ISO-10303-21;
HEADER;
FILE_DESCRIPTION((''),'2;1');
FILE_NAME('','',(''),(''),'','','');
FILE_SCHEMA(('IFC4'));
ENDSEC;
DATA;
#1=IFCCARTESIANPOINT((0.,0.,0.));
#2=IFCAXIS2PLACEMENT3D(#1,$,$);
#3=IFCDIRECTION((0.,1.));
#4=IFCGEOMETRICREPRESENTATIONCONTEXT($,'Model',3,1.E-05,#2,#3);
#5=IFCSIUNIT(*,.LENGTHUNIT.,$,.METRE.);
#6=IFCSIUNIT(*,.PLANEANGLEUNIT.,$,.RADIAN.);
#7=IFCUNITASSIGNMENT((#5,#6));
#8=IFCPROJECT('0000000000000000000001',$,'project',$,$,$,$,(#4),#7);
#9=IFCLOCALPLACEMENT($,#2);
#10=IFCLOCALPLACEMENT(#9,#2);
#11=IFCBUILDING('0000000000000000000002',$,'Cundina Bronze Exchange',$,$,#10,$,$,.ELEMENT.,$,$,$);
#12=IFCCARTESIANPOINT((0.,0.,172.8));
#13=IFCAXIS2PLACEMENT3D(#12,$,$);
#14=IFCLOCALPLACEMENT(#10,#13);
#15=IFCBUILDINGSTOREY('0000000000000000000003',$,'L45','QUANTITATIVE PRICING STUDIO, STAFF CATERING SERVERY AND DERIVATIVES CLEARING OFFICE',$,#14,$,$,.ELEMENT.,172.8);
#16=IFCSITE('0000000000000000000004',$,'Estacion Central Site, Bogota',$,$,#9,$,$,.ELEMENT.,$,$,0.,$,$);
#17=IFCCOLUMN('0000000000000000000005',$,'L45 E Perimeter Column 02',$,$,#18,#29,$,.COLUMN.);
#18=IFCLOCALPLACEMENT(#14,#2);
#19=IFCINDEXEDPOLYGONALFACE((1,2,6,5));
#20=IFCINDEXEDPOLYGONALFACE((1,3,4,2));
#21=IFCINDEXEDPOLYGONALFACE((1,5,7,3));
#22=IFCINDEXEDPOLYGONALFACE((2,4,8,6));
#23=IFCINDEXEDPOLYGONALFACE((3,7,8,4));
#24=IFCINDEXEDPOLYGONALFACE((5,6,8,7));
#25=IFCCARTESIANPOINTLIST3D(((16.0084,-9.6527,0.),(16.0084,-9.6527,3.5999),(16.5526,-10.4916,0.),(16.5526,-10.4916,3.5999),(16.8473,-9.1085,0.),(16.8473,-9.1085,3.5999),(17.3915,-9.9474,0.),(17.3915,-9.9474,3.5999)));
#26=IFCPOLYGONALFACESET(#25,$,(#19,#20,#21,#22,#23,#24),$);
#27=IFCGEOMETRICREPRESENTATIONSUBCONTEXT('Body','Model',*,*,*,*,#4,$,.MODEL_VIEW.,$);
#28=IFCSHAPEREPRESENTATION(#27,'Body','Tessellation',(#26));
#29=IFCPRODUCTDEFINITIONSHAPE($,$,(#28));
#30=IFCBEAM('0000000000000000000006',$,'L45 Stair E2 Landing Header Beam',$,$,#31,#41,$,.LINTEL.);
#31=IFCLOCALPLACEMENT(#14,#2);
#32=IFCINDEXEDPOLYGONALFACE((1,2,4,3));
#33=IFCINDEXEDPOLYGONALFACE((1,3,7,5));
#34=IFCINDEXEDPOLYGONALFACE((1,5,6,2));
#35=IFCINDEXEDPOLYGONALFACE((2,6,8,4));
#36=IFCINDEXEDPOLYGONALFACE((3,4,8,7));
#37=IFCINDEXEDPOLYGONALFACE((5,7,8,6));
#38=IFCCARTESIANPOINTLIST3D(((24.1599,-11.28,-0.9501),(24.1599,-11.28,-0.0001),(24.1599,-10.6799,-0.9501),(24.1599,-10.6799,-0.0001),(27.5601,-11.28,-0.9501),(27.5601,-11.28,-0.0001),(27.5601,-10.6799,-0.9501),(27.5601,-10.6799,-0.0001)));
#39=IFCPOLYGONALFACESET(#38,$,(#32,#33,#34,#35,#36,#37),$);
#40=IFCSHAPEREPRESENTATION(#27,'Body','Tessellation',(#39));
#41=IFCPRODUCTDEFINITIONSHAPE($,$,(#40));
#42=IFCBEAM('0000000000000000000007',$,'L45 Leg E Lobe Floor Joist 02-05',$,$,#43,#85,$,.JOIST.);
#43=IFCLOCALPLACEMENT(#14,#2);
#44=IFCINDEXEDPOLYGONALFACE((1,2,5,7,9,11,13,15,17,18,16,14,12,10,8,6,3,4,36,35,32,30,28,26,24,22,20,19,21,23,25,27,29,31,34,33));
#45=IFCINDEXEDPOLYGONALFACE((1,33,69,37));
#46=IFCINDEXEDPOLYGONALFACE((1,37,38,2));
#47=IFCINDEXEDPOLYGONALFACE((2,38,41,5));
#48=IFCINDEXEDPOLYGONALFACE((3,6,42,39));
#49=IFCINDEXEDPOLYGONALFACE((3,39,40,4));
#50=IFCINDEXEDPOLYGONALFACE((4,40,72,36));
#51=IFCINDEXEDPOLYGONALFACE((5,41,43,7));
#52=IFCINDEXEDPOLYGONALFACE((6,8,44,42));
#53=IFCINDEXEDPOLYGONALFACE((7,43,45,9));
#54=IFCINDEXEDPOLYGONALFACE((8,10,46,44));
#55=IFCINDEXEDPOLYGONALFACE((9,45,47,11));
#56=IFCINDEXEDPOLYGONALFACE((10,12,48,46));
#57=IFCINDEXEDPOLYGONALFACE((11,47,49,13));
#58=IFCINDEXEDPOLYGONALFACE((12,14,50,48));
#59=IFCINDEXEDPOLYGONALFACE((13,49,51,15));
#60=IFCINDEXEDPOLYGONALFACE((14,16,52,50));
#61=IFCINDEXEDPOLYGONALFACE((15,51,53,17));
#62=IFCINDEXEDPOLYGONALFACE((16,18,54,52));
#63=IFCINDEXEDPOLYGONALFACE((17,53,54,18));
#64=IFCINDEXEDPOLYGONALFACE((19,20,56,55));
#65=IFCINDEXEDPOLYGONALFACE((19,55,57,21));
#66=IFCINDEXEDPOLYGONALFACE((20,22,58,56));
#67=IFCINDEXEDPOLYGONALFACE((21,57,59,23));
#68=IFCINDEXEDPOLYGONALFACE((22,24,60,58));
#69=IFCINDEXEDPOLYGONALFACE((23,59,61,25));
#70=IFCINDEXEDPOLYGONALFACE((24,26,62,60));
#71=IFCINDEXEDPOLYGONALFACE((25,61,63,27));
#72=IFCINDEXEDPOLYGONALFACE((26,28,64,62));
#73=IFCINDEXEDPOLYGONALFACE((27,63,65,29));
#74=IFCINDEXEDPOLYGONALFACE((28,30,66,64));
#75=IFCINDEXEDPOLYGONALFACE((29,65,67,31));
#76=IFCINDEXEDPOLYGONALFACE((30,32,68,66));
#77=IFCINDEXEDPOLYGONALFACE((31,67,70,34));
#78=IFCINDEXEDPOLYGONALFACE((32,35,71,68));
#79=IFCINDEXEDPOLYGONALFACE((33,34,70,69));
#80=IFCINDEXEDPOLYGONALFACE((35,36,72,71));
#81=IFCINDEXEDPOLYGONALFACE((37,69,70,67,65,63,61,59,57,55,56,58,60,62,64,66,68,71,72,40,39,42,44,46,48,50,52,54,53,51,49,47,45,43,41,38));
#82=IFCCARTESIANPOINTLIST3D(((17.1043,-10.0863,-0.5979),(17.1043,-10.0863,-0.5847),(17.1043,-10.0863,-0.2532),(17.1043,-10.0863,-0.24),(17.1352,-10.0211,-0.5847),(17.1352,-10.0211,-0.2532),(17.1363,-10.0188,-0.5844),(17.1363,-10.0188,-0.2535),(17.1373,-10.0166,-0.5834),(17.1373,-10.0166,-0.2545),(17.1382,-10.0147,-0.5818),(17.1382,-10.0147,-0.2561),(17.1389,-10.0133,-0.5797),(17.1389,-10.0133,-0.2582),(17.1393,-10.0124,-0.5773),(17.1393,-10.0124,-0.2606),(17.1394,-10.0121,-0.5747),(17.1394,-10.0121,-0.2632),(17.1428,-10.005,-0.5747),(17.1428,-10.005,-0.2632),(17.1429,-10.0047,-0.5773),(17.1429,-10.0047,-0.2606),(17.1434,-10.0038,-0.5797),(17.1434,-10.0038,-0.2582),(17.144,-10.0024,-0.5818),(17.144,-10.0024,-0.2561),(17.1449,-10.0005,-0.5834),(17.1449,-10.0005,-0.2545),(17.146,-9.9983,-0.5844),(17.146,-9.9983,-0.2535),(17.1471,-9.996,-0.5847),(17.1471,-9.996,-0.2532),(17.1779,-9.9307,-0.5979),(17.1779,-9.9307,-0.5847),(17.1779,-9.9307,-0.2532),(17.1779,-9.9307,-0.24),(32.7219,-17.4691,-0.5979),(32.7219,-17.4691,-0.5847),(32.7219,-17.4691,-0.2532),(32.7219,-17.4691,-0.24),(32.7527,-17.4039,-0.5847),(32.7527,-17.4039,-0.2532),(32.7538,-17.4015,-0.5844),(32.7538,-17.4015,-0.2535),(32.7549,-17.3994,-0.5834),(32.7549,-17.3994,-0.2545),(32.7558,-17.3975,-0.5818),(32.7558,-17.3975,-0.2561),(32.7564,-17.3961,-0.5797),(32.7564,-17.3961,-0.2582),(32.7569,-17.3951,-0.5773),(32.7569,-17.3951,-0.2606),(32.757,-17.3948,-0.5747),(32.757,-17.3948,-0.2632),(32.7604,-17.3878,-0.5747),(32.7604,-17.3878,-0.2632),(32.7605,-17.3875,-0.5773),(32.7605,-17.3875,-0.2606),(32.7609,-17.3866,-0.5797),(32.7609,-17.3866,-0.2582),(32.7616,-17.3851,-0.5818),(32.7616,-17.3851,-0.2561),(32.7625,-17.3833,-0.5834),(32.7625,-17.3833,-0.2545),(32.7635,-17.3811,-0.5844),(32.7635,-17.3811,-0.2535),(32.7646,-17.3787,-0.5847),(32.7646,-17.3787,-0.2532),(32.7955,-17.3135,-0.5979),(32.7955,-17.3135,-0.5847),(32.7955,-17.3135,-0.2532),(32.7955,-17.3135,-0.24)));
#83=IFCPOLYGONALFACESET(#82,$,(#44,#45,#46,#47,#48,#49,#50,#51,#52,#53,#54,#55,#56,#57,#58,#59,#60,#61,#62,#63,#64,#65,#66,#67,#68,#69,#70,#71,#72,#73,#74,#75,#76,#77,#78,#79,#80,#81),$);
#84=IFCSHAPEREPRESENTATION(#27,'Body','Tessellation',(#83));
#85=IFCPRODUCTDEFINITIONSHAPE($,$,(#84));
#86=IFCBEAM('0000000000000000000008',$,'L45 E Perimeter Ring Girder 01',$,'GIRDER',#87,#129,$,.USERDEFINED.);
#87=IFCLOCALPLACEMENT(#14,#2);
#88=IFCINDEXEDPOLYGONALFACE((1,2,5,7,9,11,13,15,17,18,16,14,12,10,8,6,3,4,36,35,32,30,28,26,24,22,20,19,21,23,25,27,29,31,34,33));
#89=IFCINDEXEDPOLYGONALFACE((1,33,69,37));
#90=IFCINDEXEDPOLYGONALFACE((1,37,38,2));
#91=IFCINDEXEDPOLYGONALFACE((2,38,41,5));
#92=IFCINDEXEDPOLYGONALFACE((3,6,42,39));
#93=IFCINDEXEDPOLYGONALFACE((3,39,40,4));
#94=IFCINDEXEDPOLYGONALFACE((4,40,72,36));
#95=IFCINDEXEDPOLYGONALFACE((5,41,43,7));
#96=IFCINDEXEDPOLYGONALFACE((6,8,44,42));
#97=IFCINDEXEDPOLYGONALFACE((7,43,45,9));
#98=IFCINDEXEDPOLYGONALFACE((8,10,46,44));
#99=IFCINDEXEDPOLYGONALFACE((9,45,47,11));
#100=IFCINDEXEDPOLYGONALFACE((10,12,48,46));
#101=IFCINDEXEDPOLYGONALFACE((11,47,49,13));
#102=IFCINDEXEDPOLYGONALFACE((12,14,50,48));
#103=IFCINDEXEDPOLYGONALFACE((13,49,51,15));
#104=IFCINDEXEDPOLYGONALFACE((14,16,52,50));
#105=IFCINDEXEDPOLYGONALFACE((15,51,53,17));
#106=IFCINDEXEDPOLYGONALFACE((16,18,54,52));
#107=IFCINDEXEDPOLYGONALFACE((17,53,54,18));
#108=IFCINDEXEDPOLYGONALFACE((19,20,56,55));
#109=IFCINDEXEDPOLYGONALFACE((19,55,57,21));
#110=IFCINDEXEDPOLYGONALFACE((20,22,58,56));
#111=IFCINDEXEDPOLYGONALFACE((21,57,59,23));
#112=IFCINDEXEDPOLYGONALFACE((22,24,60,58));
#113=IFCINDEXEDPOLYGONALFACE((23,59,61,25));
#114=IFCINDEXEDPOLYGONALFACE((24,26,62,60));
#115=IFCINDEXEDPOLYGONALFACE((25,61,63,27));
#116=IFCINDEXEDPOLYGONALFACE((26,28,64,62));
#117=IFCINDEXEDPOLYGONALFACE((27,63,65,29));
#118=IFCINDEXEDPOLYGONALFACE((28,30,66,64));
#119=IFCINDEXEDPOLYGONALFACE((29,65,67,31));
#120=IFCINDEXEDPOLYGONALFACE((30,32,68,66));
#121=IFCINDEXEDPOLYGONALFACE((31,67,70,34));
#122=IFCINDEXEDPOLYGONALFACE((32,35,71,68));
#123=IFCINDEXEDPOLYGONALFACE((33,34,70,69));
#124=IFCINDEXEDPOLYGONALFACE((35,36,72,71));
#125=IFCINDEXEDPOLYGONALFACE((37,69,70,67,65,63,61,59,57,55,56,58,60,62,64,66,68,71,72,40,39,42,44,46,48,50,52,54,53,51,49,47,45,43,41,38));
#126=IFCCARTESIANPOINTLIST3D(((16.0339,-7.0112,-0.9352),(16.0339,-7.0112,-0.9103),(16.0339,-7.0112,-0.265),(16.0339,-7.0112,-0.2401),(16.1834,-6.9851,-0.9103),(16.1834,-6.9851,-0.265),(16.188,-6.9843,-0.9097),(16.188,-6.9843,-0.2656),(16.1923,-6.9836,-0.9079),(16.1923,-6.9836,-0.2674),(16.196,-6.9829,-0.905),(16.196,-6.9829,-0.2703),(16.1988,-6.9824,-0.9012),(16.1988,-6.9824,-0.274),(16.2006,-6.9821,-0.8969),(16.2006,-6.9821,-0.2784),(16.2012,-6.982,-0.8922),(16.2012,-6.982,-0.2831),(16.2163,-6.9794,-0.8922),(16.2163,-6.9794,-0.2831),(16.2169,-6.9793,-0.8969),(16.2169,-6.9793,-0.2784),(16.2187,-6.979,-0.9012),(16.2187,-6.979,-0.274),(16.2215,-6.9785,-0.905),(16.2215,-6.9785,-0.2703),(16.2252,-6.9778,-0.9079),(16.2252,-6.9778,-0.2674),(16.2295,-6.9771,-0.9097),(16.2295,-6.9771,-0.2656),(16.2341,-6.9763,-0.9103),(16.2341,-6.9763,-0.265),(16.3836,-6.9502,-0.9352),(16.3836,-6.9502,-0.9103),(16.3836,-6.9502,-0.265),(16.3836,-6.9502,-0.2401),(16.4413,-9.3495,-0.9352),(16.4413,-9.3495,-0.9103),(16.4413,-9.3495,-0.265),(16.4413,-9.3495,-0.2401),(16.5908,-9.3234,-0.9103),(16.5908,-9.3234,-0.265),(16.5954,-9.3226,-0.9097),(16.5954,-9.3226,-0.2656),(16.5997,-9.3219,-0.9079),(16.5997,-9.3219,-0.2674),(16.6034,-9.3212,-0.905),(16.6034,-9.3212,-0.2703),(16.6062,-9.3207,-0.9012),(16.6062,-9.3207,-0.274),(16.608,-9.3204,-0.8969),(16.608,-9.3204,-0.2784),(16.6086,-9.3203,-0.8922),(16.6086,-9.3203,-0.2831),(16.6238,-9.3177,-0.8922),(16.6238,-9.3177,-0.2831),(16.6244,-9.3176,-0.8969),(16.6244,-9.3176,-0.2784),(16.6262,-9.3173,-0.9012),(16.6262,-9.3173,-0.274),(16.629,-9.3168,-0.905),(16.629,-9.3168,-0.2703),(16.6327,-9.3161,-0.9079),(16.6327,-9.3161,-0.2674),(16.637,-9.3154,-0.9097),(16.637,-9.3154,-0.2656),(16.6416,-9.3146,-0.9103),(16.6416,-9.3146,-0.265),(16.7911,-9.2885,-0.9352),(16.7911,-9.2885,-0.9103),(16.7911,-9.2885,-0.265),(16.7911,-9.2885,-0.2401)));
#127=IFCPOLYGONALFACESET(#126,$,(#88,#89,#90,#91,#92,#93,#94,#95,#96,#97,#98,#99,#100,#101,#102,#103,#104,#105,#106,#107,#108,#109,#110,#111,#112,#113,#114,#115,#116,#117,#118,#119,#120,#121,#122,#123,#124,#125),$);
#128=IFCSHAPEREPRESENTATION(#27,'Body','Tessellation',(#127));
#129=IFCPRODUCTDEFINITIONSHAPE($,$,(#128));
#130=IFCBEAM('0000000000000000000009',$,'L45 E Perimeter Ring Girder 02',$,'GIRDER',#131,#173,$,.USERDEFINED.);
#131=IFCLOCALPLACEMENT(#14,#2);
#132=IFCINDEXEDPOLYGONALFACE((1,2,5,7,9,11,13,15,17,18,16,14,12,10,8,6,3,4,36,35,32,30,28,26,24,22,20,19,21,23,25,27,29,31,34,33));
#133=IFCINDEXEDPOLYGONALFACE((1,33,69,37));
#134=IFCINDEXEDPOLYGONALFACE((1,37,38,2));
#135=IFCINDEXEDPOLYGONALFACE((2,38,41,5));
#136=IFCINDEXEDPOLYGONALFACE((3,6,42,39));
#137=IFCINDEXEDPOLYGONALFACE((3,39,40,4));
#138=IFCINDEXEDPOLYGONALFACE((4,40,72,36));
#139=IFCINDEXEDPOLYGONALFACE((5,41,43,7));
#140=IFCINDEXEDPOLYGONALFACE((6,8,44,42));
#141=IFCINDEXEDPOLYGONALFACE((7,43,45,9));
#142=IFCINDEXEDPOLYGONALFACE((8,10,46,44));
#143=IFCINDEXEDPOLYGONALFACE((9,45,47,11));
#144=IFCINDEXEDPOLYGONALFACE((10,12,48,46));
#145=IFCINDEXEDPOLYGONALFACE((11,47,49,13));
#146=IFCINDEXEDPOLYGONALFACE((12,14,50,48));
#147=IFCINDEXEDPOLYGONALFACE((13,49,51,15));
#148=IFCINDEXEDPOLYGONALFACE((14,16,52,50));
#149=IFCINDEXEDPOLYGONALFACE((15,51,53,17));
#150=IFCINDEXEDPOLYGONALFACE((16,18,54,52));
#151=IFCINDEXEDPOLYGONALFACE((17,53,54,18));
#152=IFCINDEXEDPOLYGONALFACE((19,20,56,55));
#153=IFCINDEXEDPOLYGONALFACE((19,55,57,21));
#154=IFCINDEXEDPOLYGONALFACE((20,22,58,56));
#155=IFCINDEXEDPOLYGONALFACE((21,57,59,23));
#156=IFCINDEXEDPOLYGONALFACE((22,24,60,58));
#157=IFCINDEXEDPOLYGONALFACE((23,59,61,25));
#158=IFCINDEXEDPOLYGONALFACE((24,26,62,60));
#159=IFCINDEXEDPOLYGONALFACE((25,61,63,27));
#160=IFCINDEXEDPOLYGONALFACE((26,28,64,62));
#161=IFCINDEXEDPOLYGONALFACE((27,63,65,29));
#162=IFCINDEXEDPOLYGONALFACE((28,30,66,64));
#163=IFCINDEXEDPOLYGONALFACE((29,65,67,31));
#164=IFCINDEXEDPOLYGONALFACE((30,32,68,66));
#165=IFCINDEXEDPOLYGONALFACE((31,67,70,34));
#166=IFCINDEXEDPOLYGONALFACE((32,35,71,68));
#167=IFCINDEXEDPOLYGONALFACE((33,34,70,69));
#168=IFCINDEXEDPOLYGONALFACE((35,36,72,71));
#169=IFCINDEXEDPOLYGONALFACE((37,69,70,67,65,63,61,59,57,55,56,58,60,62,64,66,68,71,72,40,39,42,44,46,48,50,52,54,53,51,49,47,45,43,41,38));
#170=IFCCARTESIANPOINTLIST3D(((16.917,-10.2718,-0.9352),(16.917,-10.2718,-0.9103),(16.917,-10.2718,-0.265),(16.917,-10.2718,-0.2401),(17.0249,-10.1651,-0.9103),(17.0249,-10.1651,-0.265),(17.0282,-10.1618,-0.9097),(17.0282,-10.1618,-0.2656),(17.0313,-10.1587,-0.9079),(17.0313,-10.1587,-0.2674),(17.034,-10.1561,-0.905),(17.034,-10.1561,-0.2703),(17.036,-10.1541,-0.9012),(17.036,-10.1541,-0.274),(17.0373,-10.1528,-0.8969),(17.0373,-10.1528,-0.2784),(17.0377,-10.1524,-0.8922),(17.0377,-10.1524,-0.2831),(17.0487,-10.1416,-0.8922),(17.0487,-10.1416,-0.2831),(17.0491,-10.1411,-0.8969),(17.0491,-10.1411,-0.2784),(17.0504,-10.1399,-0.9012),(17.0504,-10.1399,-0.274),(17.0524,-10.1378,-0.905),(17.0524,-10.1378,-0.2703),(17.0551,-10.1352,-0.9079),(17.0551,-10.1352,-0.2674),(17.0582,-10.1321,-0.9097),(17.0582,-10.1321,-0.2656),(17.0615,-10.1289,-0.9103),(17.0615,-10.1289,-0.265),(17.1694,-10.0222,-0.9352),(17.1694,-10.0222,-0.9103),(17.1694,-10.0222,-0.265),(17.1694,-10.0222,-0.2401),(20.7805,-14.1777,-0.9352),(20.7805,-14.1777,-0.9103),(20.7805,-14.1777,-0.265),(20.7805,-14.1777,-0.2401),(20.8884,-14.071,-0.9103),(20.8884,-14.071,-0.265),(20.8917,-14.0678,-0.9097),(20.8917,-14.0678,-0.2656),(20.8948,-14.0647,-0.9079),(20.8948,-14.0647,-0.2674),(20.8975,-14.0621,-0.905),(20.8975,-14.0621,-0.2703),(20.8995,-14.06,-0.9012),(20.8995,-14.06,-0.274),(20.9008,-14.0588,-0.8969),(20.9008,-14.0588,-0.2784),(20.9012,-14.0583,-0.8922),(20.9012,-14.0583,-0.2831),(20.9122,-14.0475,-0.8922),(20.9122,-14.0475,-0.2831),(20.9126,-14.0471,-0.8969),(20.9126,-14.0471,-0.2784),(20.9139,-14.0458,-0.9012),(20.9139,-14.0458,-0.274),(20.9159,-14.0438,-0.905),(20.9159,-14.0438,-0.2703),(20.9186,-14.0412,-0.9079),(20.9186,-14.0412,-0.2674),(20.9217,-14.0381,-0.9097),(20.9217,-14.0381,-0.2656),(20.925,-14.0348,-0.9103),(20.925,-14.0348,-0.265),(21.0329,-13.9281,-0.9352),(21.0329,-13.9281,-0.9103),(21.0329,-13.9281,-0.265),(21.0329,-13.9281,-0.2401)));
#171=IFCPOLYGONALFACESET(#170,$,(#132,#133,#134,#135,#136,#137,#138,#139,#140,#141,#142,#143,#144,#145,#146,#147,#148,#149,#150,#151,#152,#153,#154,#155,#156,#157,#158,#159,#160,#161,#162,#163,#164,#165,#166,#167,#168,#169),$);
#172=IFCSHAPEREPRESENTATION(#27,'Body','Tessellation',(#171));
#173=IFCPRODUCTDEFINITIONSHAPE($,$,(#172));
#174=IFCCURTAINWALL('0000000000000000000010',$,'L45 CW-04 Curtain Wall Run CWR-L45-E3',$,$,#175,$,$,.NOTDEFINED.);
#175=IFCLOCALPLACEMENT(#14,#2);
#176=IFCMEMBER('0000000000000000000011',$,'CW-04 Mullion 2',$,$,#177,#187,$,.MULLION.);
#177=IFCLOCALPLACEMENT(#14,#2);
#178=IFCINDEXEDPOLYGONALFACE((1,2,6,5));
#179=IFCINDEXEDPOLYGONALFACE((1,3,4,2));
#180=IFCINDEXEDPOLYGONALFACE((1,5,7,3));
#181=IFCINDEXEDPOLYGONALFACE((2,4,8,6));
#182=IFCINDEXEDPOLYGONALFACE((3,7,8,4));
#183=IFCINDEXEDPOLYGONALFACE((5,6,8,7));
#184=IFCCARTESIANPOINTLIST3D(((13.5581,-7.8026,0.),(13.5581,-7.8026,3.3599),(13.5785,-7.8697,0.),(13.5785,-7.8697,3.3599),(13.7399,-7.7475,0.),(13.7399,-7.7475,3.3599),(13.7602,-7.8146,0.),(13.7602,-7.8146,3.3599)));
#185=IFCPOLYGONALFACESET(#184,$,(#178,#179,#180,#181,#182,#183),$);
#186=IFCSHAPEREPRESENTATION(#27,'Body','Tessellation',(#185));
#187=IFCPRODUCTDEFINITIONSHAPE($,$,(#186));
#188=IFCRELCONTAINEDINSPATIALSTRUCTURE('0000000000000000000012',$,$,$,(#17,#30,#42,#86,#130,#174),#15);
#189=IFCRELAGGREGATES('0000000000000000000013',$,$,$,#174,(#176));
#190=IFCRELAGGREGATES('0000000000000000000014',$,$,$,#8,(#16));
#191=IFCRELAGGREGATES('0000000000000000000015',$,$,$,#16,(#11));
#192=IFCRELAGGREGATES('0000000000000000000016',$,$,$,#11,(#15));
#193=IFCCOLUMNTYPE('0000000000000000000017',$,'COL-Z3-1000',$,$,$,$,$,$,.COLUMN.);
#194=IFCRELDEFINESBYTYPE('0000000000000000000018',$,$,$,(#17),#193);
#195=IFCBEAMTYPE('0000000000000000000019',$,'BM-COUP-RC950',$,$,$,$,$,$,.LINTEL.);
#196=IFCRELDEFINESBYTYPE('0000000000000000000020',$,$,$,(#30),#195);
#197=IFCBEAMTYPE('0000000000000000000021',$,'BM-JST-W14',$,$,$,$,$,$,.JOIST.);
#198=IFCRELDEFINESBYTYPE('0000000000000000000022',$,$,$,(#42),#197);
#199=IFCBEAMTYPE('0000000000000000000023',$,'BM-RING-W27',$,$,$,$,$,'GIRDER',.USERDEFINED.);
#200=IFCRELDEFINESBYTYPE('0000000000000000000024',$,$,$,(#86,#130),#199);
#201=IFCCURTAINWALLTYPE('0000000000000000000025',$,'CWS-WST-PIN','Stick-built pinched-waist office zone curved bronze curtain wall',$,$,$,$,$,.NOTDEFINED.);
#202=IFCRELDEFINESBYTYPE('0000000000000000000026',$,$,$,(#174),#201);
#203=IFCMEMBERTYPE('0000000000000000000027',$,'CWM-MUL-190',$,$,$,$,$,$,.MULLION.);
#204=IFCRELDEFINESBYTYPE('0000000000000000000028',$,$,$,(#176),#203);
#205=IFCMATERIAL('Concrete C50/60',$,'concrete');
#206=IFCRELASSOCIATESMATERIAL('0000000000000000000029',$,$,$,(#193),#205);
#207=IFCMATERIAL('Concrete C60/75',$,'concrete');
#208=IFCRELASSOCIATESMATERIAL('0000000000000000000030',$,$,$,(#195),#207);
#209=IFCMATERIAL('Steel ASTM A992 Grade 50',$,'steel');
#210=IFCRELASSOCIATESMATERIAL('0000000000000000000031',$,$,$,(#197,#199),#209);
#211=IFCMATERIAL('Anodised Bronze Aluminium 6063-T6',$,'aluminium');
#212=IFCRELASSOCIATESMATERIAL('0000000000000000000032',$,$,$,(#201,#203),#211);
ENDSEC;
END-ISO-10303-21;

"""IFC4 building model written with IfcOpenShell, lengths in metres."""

from ifc_helpers import new_model, si_unit, direction, frame, origin, origin_2d, place, context, subcontext, project, spatial, rectangle, i_section, extrude, material, material_profile, profile_set, type_object, element, aggregate, save


model = new_model("IFC4")

# Units and contexts
model_context = context("Model", 3, precision=1e-05, world=origin(), true_north=direction((0.0, 1.0)))
body_context = subcontext(model_context, "Body", "Model", "MODEL_VIEW")
ifc_project = project(units=[si_unit("LENGTHUNIT", "METRE"), si_unit("PLANEANGLEUNIT", "RADIAN")], contexts=[model_context])

# Site, building, storey
site_placement = place(None, origin())
site = spatial("IfcSite", under=ifc_project, at=site_placement, Name="Estacion Central Site, Bogota", CompositionType="ELEMENT", RefElevation=0.0)
building_placement = place(site_placement, origin())
building = spatial("IfcBuilding", under=site, at=building_placement, Name="Cundina Bronze Exchange", CompositionType="ELEMENT")
storey_placement = place(building_placement, frame((0.0, 0.0, 172.8)))
storey = spatial("IfcBuildingStorey", under=building, at=storey_placement, Name="L45", Description="QUANTITATIVE PRICING STUDIO, STAFF CATERING SERVERY AND DERIVATIVES CLEARING OFFICE", CompositionType="ELEMENT", Elevation=172.8)

# Column
ifc_material_1 = material(Name="Concrete C50/60", Category="concrete")
ifc_material_profile_1 = material_profile(ifc_material_1, rectangle(XDim=1.0, YDim=1.0, at=origin_2d()), Name="RC1000X1000", Category="concrete")
ifc_profile_set_1 = profile_set([ifc_material_profile_1], Name="Concrete C50/60")
column_type = type_object("IfcColumnType", Name="COL-Z3-1000", PredefinedType="COLUMN", material=ifc_profile_set_1)
column_placement = place(storey_placement, frame((16.7, -9.8, 0.0), z_axis=(0.0, 0.0, 1.0), x_axis=(0.5442, -0.838956, 0.0)))
element("IfcColumn", 1, at=column_placement, inside=storey, type_object=column_type, Name="L45 E Perimeter Column 02", PredefinedType="COLUMN", context=body_context, shape_type="SweptSolid", body=[
    extrude(rectangle(XDim=1.0, YDim=1.0, at=origin_2d()), origin(), (0.0, 0.0, 1.0), 3.5999),
])

# Beams
ifc_material_2 = material(Name="Concrete C60/75", Category="concrete")
ifc_material_profile_2 = material_profile(ifc_material_2, rectangle(XDim=0.6001, YDim=0.95, at=origin_2d()), Name="RC600X950", Category="concrete")
ifc_profile_set_2 = profile_set([ifc_material_profile_2], Name="Concrete C60/75")
beam_type_1 = type_object("IfcBeamType", Name="BM-COUP-RC950", PredefinedType="LINTEL", material=ifc_profile_set_2)
beam_1_placement = place(storey_placement, frame((24.1599, -10.98, -0.4751), z_axis=(1.0, 0.0, 0.0), x_axis=(0.0, 1.0, 0.0)))
element("IfcBeam", 2, at=beam_1_placement, inside=storey, type_object=beam_type_1, Name="L45 Stair E2 Landing Header Beam", PredefinedType="LINTEL", context=body_context, shape_type="SweptSolid", body=[
    extrude(rectangle(XDim=0.6001, YDim=0.95, at=origin_2d()), origin(), (0.0, 0.0, 1.0), 3.4001),
])
ifc_material_3 = material(Name="Steel ASTM A992 Grade 50", Category="steel")
ifc_material_profile_3 = material_profile(ifc_material_3, i_section(OverallWidth=0.1721, OverallDepth=0.3579, WebThickness=0.0078, FlangeThickness=0.0132, FilletRadius=0.01, at=origin_2d()), Name="W14X38", Category="steel")
ifc_profile_set_3 = profile_set([ifc_material_profile_3], Name="Steel ASTM A992 Grade 50")
beam_type_2 = type_object("IfcBeamType", Name="BM-JST-W14", PredefinedType="JOIST", material=ifc_profile_set_3)
beam_2_placement = place(storey_placement, frame((17.1411, -10.0085, -0.4189), z_axis=(0.904074, -0.427375, 0.0), x_axis=(0.427375, 0.904074, 0.0)))
element("IfcBeam", 3, at=beam_2_placement, inside=storey, type_object=beam_type_2, Name="L45 Leg E Lobe Floor Joist 02-05", PredefinedType="JOIST", context=body_context, shape_type="SweptSolid", body=[
    extrude(i_section(OverallWidth=0.1721, OverallDepth=0.3579, WebThickness=0.0078, FlangeThickness=0.0132, FilletRadius=0.01, at=origin_2d()), origin(), (0.0, 0.0, 1.0), 17.2747),
])
ifc_material_profile_4 = material_profile(ifc_material_3, i_section(OverallWidth=0.355, OverallDepth=0.6951, WebThickness=0.0154, FlangeThickness=0.0249, FilletRadius=0.0181, at=origin_2d()), Name="W27X146", Category="steel")
ifc_profile_set_4 = profile_set([ifc_material_profile_4], Name="Steel ASTM A992 Grade 50")
beam_type_3 = type_object("IfcBeamType", Name="BM-RING-W27", ElementType="GIRDER", PredefinedType="USERDEFINED", material=ifc_profile_set_4)
beam_3_placement = place(storey_placement, frame((16.2087, -6.9807, -0.5876), z_axis=(0.171667, -0.985155, 0.0), x_axis=(0.985155, 0.171667, 0.0)))
element("IfcBeam", 4, at=beam_3_placement, inside=storey, type_object=beam_type_3, Name="L45 E Perimeter Ring Girder 01", ObjectType="GIRDER", PredefinedType="USERDEFINED", context=body_context, shape_type="SweptSolid", body=[
    extrude(i_section(OverallWidth=0.355, OverallDepth=0.6951, WebThickness=0.0154, FlangeThickness=0.0249, FilletRadius=0.0181, at=origin_2d()), origin(), (0.0, 0.0, 1.0), 2.3735),
])
beam_4_placement = place(storey_placement, frame((17.0432, -10.147, -0.5876), z_axis=(0.70323, -0.710962, 0.0), x_axis=(0.710962, 0.70323, 0.0)))
element("IfcBeam", 5, at=beam_4_placement, inside=storey, type_object=beam_type_3, Name="L45 E Perimeter Ring Girder 02", ObjectType="GIRDER", PredefinedType="USERDEFINED", context=body_context, shape_type="SweptSolid", body=[
    extrude(i_section(OverallWidth=0.355, OverallDepth=0.6951, WebThickness=0.0154, FlangeThickness=0.0249, FilletRadius=0.0181, at=origin_2d()), origin(), (0.0, 0.0, 1.0), 5.4939),
])

# Curtain wall, member
ifc_material_4 = material(Name="Anodised Bronze Aluminium 6063-T6", Category="aluminium")
curtain_wall_type = type_object("IfcCurtainWallType", Name="CWS-WST-PIN", Description="Stick-built pinched-waist office zone curved bronze curtain wall", PredefinedType="NOTDEFINED", material=ifc_material_4)
curtain_wall_placement = place(storey_placement, origin())
curtain_wall = element("IfcCurtainWall", 6, at=curtain_wall_placement, inside=storey, type_object=curtain_wall_type, Name="L45 CW-04 Curtain Wall Run CWR-L45-E3", PredefinedType="NOTDEFINED")
ifc_material_profile_5 = material_profile(ifc_material_4, rectangle(XDim=0.0701, YDim=0.1899, at=origin_2d()), Name="AL70X190", Category="aluminium")
ifc_profile_set_5 = profile_set([ifc_material_profile_5], Name="Anodised Bronze Aluminium 6063-T6")
member_type_1 = type_object("IfcMemberType", Name="CWM-MUL-190", PredefinedType="MULLION", material=ifc_profile_set_5)
member_1_placement = place(storey_placement, frame((13.6592, -7.8086, 0.0), z_axis=(0.0, 0.0, 1.0), x_axis=(0.290034, -0.957016, 0.0)))
member_1 = element("IfcMember", 7, at=member_1_placement, type_object=member_type_1, Name="CW-04 Mullion 2", PredefinedType="MULLION", context=body_context, shape_type="SweptSolid", body=[
    extrude(rectangle(XDim=0.0701, YDim=0.1899, at=origin_2d()), origin(), (0.0, 0.0, 1.0), 3.3599),
])
aggregate(curtain_wall, [member_1])

save(model, "model.ifc")
